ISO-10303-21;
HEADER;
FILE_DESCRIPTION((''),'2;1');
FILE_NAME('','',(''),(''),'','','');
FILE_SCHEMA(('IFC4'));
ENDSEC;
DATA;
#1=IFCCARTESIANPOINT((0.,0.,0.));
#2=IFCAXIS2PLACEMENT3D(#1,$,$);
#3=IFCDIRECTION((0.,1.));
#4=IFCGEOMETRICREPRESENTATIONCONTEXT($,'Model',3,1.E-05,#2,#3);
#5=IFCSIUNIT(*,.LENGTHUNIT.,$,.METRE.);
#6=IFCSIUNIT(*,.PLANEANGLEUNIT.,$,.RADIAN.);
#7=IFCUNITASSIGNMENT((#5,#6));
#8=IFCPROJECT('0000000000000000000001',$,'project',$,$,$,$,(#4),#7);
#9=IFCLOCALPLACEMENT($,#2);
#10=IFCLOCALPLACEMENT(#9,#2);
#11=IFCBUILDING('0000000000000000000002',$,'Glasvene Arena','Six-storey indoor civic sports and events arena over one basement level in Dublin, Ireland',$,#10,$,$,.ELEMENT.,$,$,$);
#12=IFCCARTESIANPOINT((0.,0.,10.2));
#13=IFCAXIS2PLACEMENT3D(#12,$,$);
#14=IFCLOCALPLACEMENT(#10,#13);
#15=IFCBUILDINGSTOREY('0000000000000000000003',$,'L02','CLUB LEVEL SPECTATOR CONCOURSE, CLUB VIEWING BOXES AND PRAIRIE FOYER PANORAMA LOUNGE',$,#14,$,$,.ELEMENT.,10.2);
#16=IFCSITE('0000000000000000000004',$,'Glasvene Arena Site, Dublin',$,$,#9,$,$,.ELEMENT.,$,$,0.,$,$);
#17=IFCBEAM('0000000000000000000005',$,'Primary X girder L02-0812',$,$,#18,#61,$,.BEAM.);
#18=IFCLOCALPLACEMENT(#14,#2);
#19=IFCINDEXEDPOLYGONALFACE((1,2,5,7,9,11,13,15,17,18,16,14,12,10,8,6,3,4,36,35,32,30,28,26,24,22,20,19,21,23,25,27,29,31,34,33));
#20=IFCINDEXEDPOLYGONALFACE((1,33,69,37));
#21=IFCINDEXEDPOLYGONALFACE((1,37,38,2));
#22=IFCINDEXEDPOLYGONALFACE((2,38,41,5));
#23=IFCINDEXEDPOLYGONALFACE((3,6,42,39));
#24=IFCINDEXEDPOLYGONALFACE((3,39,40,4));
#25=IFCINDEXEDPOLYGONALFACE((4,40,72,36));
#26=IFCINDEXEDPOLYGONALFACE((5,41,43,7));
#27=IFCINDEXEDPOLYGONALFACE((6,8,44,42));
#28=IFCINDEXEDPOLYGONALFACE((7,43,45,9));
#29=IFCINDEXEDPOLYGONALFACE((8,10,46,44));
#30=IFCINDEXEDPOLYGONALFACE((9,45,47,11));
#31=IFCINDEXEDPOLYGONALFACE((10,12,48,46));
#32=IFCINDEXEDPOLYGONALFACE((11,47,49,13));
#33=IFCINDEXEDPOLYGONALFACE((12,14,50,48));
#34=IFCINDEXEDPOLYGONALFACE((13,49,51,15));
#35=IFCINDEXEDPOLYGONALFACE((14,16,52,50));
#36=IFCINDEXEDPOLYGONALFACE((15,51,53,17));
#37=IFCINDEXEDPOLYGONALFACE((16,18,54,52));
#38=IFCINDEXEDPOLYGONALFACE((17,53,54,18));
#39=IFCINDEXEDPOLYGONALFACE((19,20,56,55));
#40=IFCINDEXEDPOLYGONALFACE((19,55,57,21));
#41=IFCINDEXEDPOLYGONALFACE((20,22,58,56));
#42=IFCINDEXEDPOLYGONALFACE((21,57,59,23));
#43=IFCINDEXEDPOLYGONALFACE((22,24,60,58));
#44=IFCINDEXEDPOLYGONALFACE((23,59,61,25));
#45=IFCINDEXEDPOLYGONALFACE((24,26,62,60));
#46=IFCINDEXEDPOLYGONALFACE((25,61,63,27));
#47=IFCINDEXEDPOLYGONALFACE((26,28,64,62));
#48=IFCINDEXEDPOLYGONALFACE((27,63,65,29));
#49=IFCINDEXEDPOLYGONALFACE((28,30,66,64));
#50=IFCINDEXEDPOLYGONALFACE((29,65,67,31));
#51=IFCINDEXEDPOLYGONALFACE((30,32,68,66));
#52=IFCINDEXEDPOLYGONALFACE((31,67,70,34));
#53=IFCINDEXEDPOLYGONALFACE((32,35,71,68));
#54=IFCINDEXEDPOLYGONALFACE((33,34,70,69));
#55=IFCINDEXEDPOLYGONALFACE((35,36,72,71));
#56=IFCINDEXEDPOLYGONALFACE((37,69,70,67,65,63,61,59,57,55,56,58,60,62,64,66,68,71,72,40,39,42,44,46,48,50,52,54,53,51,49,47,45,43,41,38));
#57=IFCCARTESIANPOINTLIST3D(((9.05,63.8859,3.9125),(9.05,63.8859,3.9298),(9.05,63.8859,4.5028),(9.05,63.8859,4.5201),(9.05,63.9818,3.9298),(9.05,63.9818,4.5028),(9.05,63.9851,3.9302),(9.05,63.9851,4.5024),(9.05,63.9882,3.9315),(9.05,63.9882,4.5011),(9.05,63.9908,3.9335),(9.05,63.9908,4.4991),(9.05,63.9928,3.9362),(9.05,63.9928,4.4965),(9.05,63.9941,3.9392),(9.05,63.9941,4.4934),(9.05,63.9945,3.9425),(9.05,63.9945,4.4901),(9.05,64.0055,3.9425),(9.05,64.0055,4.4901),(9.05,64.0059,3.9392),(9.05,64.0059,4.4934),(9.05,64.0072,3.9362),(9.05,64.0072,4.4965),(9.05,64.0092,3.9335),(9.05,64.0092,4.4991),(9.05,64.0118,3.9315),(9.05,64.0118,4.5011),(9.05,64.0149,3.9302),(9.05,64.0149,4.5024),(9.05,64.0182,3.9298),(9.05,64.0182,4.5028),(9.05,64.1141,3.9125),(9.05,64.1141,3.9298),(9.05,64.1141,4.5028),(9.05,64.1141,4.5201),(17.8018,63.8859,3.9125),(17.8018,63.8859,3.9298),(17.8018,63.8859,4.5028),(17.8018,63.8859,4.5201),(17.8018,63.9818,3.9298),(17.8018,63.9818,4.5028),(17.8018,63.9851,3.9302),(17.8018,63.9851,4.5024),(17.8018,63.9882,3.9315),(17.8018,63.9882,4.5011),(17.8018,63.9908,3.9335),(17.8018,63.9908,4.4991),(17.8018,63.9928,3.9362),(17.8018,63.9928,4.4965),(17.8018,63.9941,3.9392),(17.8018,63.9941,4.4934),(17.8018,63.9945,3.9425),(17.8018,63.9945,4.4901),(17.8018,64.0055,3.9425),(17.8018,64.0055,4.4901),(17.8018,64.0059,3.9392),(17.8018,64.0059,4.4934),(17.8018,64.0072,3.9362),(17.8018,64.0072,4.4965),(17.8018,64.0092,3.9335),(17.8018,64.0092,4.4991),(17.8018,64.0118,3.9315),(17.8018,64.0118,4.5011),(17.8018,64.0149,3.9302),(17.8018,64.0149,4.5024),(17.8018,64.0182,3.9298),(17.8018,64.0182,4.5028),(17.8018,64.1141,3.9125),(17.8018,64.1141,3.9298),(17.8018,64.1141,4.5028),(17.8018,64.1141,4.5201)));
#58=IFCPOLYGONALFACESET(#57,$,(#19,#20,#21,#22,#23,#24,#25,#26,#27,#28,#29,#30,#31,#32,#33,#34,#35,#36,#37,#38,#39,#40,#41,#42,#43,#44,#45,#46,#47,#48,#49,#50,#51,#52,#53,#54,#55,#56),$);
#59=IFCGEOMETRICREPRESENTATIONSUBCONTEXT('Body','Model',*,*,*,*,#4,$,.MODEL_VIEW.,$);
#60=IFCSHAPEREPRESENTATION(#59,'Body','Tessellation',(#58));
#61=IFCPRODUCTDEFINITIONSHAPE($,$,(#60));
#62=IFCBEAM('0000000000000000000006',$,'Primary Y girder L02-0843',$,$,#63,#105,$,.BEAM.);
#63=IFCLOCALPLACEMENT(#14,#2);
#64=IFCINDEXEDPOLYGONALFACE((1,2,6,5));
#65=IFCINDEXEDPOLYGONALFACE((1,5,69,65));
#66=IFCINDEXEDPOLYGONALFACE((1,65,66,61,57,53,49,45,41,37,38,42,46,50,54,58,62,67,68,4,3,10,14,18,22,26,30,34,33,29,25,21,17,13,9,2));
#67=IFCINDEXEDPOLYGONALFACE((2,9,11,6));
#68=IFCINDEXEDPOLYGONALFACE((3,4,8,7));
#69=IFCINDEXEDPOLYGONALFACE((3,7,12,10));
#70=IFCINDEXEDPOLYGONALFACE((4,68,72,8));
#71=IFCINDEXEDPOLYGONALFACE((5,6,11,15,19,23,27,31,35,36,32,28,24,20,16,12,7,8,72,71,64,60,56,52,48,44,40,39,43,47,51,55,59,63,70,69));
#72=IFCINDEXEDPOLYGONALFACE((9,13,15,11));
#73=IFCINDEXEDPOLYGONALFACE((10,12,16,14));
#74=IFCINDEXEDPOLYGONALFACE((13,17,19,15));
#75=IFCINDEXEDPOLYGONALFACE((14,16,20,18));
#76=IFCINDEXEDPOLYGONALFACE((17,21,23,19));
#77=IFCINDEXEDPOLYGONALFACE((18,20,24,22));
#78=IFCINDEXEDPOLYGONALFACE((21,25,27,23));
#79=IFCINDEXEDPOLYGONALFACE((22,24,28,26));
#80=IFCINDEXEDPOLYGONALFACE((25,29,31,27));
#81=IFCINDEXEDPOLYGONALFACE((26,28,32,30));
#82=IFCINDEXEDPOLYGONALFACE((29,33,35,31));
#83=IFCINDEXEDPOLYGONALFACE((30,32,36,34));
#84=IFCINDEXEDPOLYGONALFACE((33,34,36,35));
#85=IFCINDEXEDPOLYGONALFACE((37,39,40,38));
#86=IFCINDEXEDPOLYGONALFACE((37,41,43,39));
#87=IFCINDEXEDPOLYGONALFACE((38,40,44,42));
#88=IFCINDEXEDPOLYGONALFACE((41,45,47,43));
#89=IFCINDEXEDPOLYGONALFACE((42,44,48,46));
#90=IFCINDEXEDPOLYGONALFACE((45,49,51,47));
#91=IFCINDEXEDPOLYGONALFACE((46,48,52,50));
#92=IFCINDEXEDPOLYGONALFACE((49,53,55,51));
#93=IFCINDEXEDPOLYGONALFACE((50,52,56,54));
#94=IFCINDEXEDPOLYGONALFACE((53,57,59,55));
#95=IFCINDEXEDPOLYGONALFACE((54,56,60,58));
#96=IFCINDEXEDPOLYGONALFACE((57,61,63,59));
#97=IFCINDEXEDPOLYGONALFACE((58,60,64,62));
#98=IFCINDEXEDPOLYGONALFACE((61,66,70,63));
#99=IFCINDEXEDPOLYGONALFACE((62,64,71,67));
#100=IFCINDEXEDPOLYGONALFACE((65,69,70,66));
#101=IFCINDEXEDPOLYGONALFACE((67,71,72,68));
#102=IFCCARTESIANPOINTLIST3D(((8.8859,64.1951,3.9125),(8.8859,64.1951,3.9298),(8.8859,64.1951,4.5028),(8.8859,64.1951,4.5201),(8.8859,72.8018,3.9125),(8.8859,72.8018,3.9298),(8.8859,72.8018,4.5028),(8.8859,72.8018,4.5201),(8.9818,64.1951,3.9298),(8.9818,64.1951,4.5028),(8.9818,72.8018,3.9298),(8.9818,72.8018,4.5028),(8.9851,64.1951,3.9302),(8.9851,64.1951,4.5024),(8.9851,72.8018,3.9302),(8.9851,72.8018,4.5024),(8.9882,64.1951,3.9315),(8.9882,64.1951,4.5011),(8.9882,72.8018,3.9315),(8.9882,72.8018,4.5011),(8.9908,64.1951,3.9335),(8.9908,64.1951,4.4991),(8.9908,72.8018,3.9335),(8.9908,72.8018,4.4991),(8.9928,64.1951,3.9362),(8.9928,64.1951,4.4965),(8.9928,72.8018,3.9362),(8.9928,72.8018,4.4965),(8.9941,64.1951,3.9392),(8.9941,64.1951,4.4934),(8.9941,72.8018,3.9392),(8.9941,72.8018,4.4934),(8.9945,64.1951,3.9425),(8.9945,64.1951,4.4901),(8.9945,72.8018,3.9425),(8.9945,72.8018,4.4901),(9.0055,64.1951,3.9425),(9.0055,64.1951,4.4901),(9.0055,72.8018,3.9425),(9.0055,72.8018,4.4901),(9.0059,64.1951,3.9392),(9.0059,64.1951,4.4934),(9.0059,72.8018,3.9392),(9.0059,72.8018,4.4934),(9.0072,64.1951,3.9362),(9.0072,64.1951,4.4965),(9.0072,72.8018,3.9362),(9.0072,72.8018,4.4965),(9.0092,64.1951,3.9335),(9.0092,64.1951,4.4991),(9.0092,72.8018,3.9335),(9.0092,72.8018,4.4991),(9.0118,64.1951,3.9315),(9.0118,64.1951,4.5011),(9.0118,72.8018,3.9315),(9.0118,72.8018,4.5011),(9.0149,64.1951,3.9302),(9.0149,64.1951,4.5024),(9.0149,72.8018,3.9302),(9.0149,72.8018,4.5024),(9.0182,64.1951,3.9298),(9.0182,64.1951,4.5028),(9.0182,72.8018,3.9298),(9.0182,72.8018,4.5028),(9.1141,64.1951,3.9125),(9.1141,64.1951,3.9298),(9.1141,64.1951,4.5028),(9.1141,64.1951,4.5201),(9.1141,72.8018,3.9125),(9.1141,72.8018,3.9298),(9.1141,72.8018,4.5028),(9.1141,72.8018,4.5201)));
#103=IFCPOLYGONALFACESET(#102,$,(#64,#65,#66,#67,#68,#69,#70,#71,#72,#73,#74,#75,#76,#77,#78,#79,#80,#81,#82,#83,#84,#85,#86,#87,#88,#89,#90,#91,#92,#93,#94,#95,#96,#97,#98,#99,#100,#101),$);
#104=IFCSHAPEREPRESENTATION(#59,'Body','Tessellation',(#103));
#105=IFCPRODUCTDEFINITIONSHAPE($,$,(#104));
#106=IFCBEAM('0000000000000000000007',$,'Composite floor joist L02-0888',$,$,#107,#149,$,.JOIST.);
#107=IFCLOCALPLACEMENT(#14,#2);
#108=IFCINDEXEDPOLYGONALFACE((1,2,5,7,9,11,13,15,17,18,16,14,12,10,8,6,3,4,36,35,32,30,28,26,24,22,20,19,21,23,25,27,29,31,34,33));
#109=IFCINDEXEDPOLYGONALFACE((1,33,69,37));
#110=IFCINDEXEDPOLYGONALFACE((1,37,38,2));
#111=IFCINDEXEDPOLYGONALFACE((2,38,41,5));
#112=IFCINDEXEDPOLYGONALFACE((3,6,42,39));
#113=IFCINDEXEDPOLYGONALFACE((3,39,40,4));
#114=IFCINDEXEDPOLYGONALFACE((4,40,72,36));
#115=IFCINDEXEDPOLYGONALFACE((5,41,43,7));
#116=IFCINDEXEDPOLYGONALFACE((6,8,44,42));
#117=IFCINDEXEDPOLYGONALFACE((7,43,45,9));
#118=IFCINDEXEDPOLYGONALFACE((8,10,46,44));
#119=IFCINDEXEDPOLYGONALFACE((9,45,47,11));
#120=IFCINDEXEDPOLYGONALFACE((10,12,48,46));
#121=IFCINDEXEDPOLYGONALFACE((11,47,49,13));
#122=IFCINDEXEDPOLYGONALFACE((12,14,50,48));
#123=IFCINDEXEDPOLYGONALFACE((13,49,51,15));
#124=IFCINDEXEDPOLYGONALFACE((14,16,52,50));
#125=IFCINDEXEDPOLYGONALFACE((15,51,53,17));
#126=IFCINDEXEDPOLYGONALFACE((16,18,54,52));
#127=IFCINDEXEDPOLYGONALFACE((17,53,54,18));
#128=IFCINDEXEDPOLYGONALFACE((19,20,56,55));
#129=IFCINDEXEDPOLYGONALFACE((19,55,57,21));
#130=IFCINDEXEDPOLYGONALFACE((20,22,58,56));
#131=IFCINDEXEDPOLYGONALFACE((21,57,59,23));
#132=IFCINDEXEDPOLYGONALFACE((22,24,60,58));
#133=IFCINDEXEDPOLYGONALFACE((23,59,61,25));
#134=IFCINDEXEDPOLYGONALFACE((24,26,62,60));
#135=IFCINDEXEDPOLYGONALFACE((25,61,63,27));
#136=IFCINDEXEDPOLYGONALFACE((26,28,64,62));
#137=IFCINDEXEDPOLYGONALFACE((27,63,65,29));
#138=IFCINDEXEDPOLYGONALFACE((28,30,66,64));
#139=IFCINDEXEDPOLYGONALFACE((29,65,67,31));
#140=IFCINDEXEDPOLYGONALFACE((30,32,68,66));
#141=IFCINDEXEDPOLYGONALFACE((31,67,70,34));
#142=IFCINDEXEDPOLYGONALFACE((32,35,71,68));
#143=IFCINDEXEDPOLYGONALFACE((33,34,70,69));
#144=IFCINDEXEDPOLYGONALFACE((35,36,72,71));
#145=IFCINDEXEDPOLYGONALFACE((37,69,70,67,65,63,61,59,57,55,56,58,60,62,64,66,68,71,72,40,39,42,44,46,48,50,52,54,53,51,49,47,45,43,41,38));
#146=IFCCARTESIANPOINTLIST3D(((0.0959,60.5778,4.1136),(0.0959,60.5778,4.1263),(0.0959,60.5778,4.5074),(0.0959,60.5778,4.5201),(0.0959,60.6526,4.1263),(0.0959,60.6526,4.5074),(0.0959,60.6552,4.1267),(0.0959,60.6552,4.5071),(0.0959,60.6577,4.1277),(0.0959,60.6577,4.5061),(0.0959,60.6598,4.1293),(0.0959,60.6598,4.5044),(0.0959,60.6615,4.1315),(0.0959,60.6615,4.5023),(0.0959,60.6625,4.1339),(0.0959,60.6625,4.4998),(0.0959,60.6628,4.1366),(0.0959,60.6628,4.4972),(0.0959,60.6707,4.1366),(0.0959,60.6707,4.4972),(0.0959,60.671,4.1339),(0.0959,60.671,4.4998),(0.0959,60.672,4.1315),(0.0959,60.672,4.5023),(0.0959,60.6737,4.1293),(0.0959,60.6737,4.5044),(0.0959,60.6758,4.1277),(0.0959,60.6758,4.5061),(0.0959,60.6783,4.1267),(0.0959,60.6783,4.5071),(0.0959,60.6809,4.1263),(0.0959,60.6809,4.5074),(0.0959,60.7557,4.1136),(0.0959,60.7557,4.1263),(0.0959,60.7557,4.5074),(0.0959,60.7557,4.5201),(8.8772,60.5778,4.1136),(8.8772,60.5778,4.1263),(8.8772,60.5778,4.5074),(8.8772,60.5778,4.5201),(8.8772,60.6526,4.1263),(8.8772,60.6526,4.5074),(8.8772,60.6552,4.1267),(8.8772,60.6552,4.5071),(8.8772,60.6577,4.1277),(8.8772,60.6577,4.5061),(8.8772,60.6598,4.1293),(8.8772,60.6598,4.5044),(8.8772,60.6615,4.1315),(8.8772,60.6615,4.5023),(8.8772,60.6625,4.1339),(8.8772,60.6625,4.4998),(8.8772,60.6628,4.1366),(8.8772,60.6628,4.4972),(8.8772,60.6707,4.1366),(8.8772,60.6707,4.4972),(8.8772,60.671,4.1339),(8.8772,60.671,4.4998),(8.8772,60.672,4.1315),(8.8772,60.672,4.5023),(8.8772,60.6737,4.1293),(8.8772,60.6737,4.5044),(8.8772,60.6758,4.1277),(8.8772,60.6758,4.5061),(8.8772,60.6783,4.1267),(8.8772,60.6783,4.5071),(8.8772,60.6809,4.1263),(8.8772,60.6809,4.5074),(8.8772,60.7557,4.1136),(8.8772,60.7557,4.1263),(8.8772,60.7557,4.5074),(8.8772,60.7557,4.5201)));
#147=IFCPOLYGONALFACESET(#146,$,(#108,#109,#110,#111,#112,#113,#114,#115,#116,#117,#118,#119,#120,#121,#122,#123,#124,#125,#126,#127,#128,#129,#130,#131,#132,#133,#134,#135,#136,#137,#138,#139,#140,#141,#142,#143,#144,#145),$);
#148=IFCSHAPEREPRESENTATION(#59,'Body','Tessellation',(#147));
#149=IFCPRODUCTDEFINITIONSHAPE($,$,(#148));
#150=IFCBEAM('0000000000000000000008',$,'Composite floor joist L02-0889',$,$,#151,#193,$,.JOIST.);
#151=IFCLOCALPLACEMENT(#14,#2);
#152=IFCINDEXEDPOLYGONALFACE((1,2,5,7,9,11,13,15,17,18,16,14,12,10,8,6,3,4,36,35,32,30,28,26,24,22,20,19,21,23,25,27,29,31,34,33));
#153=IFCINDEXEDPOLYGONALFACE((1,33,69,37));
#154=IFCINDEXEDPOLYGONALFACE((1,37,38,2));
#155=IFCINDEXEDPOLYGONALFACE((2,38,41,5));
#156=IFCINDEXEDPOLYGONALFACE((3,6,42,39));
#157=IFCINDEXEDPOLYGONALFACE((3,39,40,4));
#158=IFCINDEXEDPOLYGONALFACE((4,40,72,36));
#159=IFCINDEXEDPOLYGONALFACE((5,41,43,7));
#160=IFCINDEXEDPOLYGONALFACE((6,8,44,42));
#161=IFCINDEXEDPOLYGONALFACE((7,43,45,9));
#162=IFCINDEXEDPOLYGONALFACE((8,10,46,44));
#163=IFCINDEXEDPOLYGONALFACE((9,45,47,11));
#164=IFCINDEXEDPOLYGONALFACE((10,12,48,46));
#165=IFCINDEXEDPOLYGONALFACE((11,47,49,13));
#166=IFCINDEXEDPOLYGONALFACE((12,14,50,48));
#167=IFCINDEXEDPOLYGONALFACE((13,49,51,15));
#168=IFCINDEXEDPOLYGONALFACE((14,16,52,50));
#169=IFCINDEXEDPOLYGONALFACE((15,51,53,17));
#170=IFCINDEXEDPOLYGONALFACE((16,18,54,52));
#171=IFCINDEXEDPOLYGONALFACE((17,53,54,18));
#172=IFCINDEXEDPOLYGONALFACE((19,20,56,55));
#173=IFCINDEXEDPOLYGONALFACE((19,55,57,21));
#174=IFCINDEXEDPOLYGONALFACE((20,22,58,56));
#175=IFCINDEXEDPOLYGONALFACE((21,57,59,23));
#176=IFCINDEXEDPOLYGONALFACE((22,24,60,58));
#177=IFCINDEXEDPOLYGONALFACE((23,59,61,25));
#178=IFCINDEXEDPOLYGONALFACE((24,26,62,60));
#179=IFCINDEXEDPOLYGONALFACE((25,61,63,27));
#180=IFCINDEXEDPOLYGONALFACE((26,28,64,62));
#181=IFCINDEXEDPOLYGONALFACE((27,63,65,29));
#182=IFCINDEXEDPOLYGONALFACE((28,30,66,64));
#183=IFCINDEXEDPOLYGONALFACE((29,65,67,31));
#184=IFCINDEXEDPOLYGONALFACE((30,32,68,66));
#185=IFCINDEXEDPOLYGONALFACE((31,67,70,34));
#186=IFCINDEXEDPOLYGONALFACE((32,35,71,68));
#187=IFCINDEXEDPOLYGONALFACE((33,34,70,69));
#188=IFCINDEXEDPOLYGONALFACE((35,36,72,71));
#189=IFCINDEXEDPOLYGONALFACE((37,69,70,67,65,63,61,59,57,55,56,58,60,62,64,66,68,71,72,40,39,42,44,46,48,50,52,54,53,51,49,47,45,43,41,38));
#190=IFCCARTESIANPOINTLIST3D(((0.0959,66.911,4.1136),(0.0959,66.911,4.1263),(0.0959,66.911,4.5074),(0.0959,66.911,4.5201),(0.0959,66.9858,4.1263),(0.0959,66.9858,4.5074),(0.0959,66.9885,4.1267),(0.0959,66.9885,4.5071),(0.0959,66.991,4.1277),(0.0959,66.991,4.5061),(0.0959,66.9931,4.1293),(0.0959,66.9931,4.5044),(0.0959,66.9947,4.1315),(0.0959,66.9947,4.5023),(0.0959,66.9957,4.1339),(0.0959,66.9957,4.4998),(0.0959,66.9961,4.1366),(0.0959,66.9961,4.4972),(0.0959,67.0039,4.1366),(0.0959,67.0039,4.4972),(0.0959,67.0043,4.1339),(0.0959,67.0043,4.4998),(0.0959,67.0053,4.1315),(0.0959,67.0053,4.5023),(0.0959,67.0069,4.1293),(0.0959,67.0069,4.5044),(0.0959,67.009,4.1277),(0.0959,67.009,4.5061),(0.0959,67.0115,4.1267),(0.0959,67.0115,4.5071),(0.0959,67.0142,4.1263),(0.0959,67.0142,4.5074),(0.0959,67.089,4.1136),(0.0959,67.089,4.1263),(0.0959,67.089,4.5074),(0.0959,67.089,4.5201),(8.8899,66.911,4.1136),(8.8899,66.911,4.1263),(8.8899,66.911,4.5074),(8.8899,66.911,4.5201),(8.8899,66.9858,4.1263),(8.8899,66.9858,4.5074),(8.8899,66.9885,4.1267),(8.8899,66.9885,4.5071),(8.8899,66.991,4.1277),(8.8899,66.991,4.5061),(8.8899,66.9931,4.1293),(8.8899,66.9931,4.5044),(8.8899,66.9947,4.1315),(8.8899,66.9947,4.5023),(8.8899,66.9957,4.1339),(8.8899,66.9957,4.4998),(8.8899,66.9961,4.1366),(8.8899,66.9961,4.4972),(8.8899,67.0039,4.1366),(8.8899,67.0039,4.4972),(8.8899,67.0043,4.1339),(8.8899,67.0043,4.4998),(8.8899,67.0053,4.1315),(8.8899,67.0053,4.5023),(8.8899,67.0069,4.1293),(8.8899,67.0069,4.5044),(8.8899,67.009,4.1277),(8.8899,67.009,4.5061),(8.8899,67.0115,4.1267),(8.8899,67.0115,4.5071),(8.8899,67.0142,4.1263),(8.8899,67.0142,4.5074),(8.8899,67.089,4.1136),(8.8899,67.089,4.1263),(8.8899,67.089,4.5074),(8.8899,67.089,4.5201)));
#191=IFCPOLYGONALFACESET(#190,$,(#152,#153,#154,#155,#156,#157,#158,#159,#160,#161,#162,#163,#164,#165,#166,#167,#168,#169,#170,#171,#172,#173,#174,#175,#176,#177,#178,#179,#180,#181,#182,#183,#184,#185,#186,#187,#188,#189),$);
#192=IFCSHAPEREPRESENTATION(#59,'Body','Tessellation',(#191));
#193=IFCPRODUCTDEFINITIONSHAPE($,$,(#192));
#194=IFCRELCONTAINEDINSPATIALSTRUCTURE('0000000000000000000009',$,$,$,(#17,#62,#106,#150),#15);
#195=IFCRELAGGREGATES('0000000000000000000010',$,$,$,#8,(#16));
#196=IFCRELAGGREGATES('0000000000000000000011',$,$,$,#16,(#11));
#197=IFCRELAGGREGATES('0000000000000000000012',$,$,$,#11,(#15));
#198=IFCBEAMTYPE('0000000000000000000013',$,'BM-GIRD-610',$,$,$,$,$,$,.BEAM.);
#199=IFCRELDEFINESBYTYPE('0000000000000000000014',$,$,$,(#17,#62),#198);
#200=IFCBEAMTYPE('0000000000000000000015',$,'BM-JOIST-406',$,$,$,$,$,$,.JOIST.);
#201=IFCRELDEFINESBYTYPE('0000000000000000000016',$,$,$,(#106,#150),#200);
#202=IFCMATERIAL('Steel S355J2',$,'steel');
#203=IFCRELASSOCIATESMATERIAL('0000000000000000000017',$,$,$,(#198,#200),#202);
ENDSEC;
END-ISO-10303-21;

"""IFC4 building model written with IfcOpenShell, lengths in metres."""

from ifc_helpers import new_model, si_unit, direction, frame, origin, origin_2d, place, context, subcontext, project, spatial, i_section, extrude, material, material_profile, profile_set, type_object, element, save


model = new_model("IFC4")

# Units and contexts
model_context = context("Model", 3, precision=1e-05, world=origin(), true_north=direction((0.0, 1.0)))
body_context = subcontext(model_context, "Body", "Model", "MODEL_VIEW")
ifc_project = project(units=[si_unit("LENGTHUNIT", "METRE"), si_unit("PLANEANGLEUNIT", "RADIAN")], contexts=[model_context])

# Site, building, storey
site_placement = place(None, origin())
site = spatial("IfcSite", under=ifc_project, at=site_placement, Name="Glasvene Arena Site, Dublin", CompositionType="ELEMENT", RefElevation=0.0)
building_placement = place(site_placement, origin())
building = spatial("IfcBuilding", under=site, at=building_placement, Name="Glasvene Arena", Description="Six-storey indoor civic sports and events arena over one basement level in Dublin, Ireland", CompositionType="ELEMENT")
storey_placement = place(building_placement, frame((0.0, 0.0, 10.2)))
storey = spatial("IfcBuildingStorey", under=building, at=storey_placement, Name="L02", Description="CLUB LEVEL SPECTATOR CONCOURSE, CLUB VIEWING BOXES AND PRAIRIE FOYER PANORAMA LOUNGE", CompositionType="ELEMENT", Elevation=10.2)

# Shared definitions
ifc_material_1 = material(Name="Steel S355J2", Category="steel")

# Beams
ifc_material_profile_1 = material_profile(ifc_material_1, i_section(OverallWidth=0.2283, OverallDepth=0.6077, WebThickness=0.011, FlangeThickness=0.0173, FilletRadius=0.0127, at=origin_2d()), Name="UKB 610x229x113")
ifc_profile_set_1 = profile_set([ifc_material_profile_1], Name="Steel S355J2")
beam_type_1 = type_object("IfcBeamType", Name="BM-GIRD-610", PredefinedType="BEAM", material=ifc_profile_set_1)
for number, where, z_axis, x_axis, name in (
    (1, (9.05, 64.0, 4.2163), (1.0, 0.0, 0.0), (0.0, 1.0, 0.0), "Primary X girder L02-0812"),
):
    element("IfcBeam", number, at=place(storey_placement, frame(where, z_axis=z_axis, x_axis=x_axis)), inside=storey, type_object=beam_type_1, Name=name, PredefinedType="BEAM", context=body_context, shape_type="SweptSolid", body=[
        extrude(i_section(OverallWidth=0.2283, OverallDepth=0.6077, WebThickness=0.011, FlangeThickness=0.0173, FilletRadius=0.0127, at=origin_2d()), origin(), (0.0, 0.0, 1.0), 8.7517),
    ])
beam_1_placement = place(storey_placement, frame((9.0, 64.1951, 4.2163), z_axis=(0.0, 1.0, 0.0), x_axis=(-1.0, 0.0, 0.0)))
element("IfcBeam", 2, at=beam_1_placement, inside=storey, type_object=beam_type_1, Name="Primary Y girder L02-0843", PredefinedType="BEAM", context=body_context, shape_type="SweptSolid", body=[
    extrude(i_section(OverallWidth=0.2283, OverallDepth=0.6077, WebThickness=0.011, FlangeThickness=0.0173, FilletRadius=0.0127, at=origin_2d()), origin(), (0.0, 0.0, 1.0), 8.6067),
])
ifc_material_profile_2 = material_profile(ifc_material_1, i_section(OverallWidth=0.178, OverallDepth=0.4065, WebThickness=0.0078, FlangeThickness=0.0127, FilletRadius=0.0103, at=origin_2d()), Name="UKB 406x178x60")
ifc_profile_set_2 = profile_set([ifc_material_profile_2], Name="Steel S355J2")
beam_type_2 = type_object("IfcBeamType", Name="BM-JOIST-406", PredefinedType="JOIST", material=ifc_profile_set_2)
beam_2_placement = place(storey_placement, frame((0.0959, 60.6667, 4.3169), z_axis=(1.0, 0.0, 0.0), x_axis=(0.0, 1.0, 0.0)))
element("IfcBeam", 3, at=beam_2_placement, inside=storey, type_object=beam_type_2, Name="Composite floor joist L02-0888", PredefinedType="JOIST", context=body_context, shape_type="SweptSolid", body=[
    extrude(i_section(OverallWidth=0.178, OverallDepth=0.4065, WebThickness=0.0078, FlangeThickness=0.0127, FilletRadius=0.0103, at=origin_2d()), origin(), (0.0, 0.0, 1.0), 8.7812),
])
beam_3_placement = place(storey_placement, frame((0.0959, 67.0, 4.3169), z_axis=(1.0, 0.0, 0.0), x_axis=(0.0, 1.0, 0.0)))
element("IfcBeam", 4, at=beam_3_placement, inside=storey, type_object=beam_type_2, Name="Composite floor joist L02-0889", PredefinedType="JOIST", context=body_context, shape_type="SweptSolid", body=[
    extrude(i_section(OverallWidth=0.178, OverallDepth=0.4065, WebThickness=0.0078, FlangeThickness=0.0127, FilletRadius=0.0103, at=origin_2d()), origin(), (0.0, 0.0, 1.0), 8.7939),
])

save(model, "model.ifc")
